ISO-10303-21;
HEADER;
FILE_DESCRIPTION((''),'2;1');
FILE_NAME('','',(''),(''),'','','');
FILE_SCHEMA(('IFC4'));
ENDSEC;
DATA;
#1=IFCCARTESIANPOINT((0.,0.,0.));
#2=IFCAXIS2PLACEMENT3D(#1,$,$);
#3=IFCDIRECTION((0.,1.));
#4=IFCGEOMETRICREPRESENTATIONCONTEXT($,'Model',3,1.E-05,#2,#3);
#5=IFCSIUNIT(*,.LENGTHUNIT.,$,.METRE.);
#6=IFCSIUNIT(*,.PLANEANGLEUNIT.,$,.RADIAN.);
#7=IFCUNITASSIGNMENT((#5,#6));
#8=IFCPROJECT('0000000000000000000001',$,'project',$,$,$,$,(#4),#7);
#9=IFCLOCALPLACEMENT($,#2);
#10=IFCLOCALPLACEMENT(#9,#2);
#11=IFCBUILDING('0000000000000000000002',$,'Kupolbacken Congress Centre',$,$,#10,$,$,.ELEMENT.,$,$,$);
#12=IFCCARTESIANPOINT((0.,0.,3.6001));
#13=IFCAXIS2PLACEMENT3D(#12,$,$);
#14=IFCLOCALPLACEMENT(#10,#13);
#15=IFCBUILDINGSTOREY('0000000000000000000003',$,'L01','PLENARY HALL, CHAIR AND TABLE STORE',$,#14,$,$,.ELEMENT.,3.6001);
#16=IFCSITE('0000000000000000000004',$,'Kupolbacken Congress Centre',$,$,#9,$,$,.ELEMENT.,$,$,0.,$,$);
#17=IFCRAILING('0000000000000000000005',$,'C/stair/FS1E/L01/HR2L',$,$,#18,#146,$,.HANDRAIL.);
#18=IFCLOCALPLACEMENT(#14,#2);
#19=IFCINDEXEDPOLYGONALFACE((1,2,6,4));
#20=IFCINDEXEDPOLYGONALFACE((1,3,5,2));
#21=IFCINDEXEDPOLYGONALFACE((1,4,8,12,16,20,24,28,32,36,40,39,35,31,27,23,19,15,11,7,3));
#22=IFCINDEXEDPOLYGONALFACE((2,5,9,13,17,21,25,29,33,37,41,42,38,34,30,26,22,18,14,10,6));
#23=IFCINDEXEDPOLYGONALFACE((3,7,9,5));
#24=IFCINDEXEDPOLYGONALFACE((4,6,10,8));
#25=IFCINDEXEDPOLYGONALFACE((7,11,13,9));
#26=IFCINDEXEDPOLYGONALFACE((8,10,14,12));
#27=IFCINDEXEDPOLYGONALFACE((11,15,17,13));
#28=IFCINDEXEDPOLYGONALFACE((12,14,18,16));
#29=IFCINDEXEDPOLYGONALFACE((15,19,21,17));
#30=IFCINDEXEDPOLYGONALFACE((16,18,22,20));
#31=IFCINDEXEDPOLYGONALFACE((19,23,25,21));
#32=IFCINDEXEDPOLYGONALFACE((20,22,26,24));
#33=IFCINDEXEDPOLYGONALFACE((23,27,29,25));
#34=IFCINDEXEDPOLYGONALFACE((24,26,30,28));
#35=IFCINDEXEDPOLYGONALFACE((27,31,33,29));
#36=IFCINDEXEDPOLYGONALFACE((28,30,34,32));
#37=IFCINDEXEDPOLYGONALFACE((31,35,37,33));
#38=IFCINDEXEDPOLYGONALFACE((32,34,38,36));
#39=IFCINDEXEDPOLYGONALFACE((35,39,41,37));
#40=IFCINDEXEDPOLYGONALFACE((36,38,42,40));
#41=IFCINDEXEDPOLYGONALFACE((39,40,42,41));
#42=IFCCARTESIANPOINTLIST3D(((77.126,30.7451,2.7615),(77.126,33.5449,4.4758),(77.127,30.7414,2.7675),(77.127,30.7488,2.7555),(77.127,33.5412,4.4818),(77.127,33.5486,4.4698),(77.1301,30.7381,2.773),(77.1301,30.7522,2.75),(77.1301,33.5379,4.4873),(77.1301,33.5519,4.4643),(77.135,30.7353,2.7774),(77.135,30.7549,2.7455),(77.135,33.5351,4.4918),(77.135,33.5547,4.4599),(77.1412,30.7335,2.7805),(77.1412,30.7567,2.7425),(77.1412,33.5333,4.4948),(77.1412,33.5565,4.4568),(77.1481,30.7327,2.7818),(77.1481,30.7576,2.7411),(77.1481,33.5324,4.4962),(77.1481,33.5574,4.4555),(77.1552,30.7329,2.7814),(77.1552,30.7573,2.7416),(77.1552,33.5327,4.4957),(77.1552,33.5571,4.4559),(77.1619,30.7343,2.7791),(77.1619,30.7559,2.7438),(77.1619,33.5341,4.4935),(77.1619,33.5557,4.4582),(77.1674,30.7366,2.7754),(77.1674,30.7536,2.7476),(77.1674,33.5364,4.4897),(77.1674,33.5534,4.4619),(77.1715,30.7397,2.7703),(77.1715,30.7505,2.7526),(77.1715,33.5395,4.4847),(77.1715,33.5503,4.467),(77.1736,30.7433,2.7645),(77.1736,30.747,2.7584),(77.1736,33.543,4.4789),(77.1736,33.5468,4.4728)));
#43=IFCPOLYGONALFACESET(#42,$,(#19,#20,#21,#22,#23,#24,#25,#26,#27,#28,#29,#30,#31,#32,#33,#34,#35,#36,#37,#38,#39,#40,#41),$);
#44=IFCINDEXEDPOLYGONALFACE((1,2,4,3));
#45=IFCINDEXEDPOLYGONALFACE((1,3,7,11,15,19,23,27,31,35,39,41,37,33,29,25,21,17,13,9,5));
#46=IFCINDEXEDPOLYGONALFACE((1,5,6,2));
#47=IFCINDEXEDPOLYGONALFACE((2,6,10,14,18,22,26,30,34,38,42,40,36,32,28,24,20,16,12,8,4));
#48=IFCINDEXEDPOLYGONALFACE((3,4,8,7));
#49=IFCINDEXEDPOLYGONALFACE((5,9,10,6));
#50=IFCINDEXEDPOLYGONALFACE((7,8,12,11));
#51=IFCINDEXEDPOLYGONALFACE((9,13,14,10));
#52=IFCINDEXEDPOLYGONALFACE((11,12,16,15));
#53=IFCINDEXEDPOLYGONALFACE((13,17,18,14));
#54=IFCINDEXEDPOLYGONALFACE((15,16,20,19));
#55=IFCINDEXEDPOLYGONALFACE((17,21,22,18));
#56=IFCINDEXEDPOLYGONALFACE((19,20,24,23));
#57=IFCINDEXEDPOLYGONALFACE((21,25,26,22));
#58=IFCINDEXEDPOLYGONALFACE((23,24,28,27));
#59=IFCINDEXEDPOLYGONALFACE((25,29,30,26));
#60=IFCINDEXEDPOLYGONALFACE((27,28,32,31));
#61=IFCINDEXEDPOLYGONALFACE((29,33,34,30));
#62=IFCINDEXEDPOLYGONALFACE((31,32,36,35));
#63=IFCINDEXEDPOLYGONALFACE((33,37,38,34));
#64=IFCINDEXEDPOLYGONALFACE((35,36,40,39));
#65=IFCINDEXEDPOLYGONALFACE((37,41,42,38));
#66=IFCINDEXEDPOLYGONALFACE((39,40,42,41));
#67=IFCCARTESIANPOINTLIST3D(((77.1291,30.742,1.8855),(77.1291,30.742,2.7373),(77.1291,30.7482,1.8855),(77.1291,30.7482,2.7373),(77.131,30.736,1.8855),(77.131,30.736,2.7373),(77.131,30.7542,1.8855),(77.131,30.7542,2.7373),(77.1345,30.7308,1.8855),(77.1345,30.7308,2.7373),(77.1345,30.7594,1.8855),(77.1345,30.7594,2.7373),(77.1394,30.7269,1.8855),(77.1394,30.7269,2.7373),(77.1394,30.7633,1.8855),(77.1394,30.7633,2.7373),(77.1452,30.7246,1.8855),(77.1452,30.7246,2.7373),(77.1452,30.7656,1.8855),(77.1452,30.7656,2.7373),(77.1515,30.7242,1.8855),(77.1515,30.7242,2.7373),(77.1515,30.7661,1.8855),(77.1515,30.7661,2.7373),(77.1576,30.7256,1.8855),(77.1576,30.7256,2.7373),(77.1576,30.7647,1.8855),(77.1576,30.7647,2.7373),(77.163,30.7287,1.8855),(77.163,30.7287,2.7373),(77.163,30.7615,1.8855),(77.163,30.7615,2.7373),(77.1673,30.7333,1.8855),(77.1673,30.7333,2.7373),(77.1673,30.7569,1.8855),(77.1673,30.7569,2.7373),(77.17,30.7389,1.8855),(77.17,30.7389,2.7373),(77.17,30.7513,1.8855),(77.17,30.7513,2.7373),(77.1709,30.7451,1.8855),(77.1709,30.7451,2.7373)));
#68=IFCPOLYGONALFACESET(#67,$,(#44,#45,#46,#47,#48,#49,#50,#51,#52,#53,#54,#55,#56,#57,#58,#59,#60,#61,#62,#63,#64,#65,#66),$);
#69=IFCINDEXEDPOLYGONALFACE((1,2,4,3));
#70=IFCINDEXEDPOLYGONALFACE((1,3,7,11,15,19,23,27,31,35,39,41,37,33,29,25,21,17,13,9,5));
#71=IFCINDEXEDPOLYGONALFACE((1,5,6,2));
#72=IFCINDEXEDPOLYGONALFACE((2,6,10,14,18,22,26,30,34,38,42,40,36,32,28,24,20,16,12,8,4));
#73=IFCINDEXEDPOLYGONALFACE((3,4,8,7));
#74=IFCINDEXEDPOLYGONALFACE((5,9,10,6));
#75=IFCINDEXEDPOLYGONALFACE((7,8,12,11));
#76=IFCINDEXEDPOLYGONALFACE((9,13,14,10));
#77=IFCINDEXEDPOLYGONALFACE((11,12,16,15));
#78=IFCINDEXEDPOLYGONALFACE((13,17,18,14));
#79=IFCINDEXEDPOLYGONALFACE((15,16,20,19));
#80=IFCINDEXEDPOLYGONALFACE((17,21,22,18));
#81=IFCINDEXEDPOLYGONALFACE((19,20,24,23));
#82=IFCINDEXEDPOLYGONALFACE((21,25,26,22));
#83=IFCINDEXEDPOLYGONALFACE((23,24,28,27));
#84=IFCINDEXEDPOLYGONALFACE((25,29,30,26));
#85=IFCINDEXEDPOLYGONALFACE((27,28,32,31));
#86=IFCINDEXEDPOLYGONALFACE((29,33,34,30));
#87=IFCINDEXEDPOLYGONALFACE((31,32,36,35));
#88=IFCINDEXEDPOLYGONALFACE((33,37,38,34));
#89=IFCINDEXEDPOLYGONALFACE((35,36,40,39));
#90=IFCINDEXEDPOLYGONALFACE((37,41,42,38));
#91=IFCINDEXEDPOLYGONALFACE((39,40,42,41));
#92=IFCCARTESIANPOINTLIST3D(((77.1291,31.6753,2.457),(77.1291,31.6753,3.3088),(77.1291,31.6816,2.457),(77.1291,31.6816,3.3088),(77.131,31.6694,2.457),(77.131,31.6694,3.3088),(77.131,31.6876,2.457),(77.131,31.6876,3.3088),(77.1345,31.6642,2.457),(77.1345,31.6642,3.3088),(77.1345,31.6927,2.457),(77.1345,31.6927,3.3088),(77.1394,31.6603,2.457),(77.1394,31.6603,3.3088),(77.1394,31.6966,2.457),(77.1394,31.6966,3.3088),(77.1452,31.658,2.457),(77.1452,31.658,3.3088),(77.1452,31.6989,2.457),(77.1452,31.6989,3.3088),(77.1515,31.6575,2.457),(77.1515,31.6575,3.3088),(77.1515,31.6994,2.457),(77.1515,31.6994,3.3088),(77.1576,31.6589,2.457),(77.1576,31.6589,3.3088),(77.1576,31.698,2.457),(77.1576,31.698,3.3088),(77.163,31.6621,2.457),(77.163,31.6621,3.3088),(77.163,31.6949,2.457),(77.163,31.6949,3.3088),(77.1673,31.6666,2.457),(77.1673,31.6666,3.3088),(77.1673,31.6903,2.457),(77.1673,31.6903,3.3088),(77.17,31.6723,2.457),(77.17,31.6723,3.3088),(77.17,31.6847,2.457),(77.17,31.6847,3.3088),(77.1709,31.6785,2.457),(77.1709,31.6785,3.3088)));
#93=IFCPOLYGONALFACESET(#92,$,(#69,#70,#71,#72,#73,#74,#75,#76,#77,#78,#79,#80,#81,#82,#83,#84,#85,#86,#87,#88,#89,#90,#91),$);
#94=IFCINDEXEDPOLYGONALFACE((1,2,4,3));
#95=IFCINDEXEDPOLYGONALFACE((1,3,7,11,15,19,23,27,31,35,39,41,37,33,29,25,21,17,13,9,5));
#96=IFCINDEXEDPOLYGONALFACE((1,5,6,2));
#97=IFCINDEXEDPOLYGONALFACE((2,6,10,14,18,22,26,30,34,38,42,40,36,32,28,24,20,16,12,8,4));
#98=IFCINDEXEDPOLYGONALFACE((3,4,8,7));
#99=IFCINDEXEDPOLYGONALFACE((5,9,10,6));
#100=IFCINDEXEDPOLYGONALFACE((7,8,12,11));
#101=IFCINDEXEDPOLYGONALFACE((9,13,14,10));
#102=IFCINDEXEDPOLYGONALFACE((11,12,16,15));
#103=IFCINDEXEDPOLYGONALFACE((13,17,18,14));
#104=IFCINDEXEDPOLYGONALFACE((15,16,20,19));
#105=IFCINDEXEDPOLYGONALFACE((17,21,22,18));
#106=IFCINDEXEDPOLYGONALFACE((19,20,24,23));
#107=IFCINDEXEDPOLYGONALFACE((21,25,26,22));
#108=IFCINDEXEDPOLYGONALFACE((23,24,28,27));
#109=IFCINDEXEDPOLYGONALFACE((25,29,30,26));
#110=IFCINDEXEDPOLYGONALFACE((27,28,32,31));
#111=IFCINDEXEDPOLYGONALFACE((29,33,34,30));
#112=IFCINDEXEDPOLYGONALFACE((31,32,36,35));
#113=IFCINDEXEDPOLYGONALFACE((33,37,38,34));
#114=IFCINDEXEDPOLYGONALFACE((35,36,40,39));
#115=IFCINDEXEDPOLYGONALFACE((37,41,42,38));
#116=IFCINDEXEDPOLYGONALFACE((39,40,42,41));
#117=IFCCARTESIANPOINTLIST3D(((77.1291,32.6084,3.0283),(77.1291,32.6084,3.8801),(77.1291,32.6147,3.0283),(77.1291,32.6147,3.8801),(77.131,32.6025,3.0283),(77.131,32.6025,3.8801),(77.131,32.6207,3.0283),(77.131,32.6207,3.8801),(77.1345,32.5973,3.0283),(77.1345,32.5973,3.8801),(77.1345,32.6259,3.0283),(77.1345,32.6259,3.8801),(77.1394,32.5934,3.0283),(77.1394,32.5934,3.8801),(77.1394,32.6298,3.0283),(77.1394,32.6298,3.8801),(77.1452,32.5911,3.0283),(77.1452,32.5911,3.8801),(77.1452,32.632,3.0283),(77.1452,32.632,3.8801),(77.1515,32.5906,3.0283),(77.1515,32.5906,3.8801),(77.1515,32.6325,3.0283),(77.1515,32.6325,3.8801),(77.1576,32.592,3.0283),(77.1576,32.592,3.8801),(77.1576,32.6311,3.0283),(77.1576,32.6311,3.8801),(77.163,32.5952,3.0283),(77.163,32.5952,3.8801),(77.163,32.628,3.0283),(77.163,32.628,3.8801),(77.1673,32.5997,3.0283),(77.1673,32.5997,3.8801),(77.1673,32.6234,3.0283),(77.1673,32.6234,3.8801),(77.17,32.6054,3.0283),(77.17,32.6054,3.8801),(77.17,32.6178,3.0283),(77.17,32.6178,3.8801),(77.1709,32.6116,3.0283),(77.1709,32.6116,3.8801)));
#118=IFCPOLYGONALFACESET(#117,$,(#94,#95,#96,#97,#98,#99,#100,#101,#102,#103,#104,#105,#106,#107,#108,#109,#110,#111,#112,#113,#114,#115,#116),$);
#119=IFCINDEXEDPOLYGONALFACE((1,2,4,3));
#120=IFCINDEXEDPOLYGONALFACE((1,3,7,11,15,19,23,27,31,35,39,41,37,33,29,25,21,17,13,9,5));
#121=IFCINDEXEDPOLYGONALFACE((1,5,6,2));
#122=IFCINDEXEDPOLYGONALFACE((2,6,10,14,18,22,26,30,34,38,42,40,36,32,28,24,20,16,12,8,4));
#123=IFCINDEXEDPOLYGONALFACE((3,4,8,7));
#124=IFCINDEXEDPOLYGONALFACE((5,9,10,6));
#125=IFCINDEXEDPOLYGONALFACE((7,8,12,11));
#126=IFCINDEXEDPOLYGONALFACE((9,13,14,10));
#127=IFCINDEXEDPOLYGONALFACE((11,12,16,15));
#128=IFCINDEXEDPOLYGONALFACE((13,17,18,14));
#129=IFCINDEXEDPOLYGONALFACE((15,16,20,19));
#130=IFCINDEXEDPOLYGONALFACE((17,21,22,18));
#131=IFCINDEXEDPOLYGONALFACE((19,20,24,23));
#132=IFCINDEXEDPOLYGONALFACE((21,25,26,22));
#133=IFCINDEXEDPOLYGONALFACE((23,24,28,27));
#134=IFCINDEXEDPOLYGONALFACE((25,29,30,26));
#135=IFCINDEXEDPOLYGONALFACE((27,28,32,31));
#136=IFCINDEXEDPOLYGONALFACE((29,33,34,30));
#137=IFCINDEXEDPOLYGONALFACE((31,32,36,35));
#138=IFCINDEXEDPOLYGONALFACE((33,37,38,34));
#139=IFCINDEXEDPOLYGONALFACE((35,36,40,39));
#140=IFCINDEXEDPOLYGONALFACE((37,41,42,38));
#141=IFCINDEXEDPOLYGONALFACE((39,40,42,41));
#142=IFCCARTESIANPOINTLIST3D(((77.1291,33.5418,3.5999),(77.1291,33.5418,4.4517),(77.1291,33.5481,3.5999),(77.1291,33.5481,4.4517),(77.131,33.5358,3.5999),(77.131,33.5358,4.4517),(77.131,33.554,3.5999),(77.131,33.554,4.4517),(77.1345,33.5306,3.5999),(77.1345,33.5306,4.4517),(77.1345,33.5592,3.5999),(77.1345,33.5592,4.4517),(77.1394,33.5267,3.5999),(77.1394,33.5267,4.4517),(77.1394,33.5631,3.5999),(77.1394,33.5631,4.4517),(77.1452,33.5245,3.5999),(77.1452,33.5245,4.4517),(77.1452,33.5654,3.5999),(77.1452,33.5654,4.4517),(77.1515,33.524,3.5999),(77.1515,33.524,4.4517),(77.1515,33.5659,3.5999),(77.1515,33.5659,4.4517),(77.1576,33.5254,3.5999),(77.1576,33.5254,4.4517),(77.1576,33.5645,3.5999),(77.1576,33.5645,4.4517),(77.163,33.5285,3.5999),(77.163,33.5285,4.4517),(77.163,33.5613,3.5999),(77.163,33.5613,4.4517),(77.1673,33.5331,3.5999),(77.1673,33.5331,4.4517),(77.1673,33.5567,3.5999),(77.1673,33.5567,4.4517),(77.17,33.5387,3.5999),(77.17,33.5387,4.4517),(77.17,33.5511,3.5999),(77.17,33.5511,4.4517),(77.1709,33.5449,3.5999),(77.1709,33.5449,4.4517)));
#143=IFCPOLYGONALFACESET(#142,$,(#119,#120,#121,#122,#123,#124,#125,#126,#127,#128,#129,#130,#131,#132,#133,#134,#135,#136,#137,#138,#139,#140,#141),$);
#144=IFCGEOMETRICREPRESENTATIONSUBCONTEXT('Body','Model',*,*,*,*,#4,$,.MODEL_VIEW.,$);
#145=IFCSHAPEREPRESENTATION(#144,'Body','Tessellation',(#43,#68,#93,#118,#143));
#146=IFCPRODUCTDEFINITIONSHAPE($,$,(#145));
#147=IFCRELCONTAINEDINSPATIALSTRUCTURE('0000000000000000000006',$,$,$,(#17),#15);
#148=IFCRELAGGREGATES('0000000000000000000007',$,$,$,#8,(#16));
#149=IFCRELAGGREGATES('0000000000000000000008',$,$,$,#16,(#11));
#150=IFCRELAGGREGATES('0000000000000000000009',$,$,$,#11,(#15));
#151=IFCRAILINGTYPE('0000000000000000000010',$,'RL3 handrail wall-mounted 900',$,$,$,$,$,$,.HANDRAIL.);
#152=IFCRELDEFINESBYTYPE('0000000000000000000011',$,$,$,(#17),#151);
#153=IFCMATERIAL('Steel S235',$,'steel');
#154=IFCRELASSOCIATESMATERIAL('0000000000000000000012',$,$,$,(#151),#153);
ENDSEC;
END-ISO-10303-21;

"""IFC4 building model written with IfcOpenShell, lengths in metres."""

from ifc_helpers import new_model, si_unit, direction, frame, origin, origin_2d, place, context, subcontext, project, spatial, circle, extrude, material, type_object, element, save


model = new_model("IFC4")

# Units and contexts
model_context = context("Model", 3, precision=1e-05, world=origin(), true_north=direction((0.0, 1.0)))
body_context = subcontext(model_context, "Body", "Model", "MODEL_VIEW")
ifc_project = project(units=[si_unit("LENGTHUNIT", "METRE"), si_unit("PLANEANGLEUNIT", "RADIAN")], contexts=[model_context])

# Site, building, storey
site_placement = place(None, origin())
site = spatial("IfcSite", under=ifc_project, at=site_placement, Name="Kupolbacken Congress Centre", CompositionType="ELEMENT", RefElevation=0.0)
building_placement = place(site_placement, origin())
building = spatial("IfcBuilding", under=site, at=building_placement, Name="Kupolbacken Congress Centre", CompositionType="ELEMENT")
storey_placement = place(building_placement, frame((0.0, 0.0, 3.6001)))
storey = spatial("IfcBuildingStorey", under=building, at=storey_placement, Name="L01", Description="PLENARY HALL, CHAIR AND TABLE STORE", CompositionType="ELEMENT", Elevation=3.6001)

# Railing
ifc_material_1 = material(Name="Steel S235", Category="steel")
railing_type = type_object("IfcRailingType", Name="RL3 handrail wall-mounted 900", PredefinedType="HANDRAIL", material=ifc_material_1)
for number, where, name in (
    (1, (77.1499, 30.7451, 1.8855), "C/stair/FS1E/L01/HR2L"),
):
    element("IfcRailing", number, at=place(storey_placement, frame(where)), inside=storey, type_object=railing_type, Name=name, PredefinedType="HANDRAIL", context=body_context, shape_type="SweptSolid", body=[
        extrude(circle(Radius=0.0239, at=origin_2d()), frame((0.0, 0.0, 0.876), z_axis=(0.0, 0.852826, 0.522196), x_axis=(-1.0, 0.0, 0.0)), (0.0, 0.0, 1.0), 3.283),
        extrude(circle(Radius=0.021, at=origin_2d()), origin(), (0.0, 0.0, 1.0), 0.8518),
        extrude(circle(Radius=0.021, at=origin_2d()), frame((0.0, 0.9333, 0.5715)), (0.0, 0.0, 1.0), 0.8518),
        extrude(circle(Radius=0.021, at=origin_2d()), frame((0.0, 1.8665, 1.1428)), (0.0, 0.0, 1.0), 0.8518),
        extrude(circle(Radius=0.021, at=origin_2d()), frame((0.0, 2.7998, 1.7144)), (0.0, 0.0, 1.0), 0.8518),
    ])

save(model, "model.ifc")
